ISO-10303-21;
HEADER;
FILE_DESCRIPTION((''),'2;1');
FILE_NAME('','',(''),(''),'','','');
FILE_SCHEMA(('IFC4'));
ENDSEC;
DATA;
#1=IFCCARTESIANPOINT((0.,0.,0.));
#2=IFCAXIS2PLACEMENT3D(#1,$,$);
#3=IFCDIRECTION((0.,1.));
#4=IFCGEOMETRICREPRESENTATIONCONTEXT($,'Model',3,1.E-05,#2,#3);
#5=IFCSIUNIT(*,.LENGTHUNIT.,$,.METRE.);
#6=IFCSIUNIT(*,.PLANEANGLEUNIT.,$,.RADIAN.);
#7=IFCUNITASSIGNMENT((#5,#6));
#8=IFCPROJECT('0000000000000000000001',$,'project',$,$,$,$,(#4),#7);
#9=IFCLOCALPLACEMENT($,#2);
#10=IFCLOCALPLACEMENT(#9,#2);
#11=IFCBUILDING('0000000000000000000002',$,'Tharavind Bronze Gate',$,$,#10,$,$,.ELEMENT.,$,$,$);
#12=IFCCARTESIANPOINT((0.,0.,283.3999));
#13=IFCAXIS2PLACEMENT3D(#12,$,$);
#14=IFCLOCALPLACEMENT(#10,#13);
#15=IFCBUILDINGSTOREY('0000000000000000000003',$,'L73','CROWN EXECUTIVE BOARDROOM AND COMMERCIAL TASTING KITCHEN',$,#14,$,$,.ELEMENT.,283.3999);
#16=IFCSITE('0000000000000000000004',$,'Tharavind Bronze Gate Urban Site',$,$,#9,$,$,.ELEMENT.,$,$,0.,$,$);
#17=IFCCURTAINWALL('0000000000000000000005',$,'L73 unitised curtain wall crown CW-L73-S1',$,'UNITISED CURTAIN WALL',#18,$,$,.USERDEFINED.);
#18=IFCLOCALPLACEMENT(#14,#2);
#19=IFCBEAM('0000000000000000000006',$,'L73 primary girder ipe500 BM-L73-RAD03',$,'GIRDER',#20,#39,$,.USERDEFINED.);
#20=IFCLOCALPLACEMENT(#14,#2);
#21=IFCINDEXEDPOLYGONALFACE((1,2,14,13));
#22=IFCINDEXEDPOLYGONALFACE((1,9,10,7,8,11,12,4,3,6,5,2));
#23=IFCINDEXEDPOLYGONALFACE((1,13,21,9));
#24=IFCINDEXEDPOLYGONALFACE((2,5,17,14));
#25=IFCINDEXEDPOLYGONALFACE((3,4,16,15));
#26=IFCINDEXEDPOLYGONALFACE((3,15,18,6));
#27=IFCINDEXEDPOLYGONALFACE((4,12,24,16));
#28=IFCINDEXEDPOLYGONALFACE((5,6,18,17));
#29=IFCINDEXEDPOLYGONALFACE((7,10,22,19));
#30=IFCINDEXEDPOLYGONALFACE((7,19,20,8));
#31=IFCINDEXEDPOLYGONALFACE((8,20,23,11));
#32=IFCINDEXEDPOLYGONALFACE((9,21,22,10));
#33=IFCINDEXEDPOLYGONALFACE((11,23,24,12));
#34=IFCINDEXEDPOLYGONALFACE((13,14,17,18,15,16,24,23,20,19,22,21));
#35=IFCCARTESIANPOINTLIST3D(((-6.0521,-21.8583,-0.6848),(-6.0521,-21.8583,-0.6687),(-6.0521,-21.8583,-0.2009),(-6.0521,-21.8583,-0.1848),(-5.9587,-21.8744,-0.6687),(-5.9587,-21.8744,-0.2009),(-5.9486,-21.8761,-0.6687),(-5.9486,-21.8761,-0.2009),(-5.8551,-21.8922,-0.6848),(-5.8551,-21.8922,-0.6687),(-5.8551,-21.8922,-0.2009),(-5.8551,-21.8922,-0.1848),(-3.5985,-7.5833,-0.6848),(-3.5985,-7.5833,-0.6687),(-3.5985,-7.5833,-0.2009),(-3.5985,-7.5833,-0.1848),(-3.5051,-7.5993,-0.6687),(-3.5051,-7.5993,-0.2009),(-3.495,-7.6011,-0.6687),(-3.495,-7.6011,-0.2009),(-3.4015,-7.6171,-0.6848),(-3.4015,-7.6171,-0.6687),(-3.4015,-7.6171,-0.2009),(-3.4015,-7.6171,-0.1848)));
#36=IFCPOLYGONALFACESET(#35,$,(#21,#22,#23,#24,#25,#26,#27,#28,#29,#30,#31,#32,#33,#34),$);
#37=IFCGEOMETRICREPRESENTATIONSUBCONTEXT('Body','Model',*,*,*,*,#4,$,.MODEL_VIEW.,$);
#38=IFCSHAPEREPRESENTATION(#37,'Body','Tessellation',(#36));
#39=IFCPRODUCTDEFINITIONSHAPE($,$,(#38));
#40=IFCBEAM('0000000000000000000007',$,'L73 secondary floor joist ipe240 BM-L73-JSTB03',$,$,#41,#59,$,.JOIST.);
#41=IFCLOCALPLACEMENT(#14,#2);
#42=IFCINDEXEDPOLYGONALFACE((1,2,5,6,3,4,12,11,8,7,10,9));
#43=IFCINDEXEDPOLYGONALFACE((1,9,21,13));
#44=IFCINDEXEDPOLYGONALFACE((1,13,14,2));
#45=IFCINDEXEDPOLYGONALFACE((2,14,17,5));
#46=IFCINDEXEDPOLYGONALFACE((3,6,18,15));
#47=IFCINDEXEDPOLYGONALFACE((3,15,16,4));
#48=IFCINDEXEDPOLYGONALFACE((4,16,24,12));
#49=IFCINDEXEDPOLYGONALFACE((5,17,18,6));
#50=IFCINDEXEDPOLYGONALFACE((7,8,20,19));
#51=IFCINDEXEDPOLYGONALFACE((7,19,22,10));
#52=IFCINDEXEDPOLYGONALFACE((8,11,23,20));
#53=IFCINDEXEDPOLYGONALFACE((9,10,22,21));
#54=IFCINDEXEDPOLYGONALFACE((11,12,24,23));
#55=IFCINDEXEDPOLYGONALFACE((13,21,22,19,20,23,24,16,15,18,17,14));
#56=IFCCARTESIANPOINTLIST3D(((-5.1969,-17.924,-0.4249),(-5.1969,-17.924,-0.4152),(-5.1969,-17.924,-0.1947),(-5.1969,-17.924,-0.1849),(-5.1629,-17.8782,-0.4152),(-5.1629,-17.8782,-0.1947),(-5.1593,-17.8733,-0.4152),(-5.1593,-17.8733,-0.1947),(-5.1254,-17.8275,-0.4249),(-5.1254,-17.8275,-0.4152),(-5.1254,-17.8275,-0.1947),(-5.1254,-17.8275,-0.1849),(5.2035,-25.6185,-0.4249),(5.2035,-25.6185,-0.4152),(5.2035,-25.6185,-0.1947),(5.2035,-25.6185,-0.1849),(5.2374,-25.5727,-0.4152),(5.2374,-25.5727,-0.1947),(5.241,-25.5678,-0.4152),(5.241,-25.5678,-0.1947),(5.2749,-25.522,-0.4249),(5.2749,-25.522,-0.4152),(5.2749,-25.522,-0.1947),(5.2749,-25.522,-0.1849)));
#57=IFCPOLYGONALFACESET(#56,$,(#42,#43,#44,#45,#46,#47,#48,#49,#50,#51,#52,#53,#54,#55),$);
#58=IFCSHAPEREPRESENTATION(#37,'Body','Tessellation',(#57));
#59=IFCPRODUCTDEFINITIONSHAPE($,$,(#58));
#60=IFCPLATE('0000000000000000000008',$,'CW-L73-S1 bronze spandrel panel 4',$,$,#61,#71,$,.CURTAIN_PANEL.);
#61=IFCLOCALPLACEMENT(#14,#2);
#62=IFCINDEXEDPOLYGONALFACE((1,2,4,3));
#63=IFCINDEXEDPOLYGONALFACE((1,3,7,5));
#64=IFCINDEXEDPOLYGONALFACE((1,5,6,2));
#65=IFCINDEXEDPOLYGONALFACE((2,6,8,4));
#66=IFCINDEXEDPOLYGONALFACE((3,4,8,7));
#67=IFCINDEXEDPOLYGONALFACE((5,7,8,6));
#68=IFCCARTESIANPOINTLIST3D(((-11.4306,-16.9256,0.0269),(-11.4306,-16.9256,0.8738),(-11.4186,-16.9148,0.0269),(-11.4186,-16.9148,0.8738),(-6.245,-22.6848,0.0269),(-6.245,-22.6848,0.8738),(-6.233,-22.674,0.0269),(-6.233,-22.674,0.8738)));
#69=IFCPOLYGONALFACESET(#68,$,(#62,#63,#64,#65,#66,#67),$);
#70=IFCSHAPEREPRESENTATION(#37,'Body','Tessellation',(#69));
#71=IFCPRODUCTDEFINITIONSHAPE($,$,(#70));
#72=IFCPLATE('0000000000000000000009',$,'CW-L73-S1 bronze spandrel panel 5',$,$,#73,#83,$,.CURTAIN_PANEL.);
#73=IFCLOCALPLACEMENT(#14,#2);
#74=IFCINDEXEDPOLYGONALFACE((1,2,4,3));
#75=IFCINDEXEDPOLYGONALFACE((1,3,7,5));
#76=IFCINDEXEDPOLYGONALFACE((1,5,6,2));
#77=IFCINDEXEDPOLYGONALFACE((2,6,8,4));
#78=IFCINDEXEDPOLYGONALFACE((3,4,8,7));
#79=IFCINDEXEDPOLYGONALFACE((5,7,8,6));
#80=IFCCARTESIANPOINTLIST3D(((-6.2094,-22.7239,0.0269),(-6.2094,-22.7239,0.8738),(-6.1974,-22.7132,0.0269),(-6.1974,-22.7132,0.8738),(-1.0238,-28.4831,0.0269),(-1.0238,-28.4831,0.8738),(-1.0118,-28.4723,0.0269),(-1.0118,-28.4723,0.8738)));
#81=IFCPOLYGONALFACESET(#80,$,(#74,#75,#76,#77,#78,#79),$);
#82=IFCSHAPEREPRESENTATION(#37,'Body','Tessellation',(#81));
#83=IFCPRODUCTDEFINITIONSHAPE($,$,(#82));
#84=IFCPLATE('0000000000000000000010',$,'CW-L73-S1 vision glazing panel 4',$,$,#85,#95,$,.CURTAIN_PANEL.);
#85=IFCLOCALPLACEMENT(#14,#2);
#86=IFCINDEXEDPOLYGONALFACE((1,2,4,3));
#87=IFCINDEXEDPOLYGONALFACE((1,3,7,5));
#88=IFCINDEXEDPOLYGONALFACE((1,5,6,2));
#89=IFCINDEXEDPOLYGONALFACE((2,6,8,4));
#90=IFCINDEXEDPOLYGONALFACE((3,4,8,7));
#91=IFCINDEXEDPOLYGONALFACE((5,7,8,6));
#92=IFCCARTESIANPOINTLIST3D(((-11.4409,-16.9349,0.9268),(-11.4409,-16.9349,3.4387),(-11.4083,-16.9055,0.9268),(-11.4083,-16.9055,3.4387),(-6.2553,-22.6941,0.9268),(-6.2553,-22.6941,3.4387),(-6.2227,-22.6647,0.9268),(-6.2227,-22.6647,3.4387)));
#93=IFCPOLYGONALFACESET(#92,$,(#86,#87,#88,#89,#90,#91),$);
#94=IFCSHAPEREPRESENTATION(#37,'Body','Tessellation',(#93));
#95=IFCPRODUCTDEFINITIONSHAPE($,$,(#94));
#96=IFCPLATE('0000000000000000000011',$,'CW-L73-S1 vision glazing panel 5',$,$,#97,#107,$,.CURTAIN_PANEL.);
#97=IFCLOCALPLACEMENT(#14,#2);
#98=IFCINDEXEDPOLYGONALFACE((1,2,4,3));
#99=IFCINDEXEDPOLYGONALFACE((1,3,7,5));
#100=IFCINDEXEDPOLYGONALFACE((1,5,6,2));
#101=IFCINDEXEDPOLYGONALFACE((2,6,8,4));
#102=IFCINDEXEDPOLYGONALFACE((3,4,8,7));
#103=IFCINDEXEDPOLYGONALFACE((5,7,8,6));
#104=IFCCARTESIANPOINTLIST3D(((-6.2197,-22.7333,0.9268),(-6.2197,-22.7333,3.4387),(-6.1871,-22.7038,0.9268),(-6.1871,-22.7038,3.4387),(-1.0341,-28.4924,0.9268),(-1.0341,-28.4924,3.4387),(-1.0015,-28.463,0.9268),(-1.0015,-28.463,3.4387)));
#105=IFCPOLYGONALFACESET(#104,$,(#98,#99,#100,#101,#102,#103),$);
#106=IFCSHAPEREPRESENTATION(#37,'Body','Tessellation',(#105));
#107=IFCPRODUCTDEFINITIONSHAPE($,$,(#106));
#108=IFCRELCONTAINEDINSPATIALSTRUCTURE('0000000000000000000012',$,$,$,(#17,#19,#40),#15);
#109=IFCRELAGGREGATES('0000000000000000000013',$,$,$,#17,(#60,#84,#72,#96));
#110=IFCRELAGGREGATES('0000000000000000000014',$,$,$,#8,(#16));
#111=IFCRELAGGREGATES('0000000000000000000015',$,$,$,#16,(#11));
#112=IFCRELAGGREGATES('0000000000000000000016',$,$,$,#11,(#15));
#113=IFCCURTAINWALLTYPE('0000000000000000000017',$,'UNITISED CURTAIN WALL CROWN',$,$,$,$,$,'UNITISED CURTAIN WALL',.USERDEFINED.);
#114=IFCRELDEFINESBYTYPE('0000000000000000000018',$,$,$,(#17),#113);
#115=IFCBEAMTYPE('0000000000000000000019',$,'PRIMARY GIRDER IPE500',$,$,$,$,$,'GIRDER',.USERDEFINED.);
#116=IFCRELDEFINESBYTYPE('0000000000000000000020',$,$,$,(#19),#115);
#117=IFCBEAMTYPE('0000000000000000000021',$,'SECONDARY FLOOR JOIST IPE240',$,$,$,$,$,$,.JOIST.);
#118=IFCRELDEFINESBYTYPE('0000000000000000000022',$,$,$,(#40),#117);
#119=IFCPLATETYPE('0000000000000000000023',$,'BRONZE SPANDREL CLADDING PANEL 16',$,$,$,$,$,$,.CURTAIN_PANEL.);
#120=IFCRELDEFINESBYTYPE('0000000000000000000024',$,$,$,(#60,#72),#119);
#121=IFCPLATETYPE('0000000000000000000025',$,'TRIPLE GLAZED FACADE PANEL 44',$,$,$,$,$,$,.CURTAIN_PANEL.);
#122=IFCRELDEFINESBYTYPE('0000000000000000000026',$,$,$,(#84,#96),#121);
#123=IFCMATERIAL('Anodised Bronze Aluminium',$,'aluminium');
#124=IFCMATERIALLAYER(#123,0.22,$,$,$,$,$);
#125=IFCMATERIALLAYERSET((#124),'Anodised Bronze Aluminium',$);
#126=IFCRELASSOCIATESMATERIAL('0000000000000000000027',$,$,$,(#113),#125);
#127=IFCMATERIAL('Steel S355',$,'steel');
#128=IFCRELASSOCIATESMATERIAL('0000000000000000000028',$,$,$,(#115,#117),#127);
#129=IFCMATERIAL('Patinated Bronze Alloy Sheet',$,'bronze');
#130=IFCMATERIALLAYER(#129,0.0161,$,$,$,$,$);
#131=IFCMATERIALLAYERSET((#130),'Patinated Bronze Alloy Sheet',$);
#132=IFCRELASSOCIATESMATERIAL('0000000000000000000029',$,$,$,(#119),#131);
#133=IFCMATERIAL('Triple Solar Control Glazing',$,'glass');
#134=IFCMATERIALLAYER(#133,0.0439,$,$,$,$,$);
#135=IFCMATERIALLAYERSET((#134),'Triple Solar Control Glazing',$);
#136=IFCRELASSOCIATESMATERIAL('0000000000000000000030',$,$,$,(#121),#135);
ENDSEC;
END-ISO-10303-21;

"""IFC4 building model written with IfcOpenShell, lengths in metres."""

from ifc_helpers import new_model, si_unit, direction, frame, origin, origin_2d, place, context, subcontext, project, spatial, rectangle, i_section, extrude, material, layer, layer_set, material_profile, profile_set, type_object, element, aggregate, save


model = new_model("IFC4")

# Units and contexts
model_context = context("Model", 3, precision=1e-05, world=origin(), true_north=direction((0.0, 1.0)))
body_context = subcontext(model_context, "Body", "Model", "MODEL_VIEW")
ifc_project = project(units=[si_unit("LENGTHUNIT", "METRE"), si_unit("PLANEANGLEUNIT", "RADIAN")], contexts=[model_context])

# Site, building, storey
site_placement = place(None, origin())
site = spatial("IfcSite", under=ifc_project, at=site_placement, Name="Tharavind Bronze Gate Urban Site", CompositionType="ELEMENT", RefElevation=0.0)
building_placement = place(site_placement, origin())
building = spatial("IfcBuilding", under=site, at=building_placement, Name="Tharavind Bronze Gate", CompositionType="ELEMENT")
storey_placement = place(building_placement, frame((0.0, 0.0, 283.3999)))
storey = spatial("IfcBuildingStorey", under=building, at=storey_placement, Name="L73", Description="CROWN EXECUTIVE BOARDROOM AND COMMERCIAL TASTING KITCHEN", CompositionType="ELEMENT", Elevation=283.3999)

# Curtain wall
ifc_material_1 = material(Name="Anodised Bronze Aluminium", Category="aluminium")
ifc_layer_1 = layer(ifc_material_1, 0.22)
ifc_layer_set_1 = layer_set([ifc_layer_1], Name="Anodised Bronze Aluminium")
curtain_wall_type = type_object("IfcCurtainWallType", Name="UNITISED CURTAIN WALL CROWN", ElementType="UNITISED CURTAIN WALL", PredefinedType="USERDEFINED", material=ifc_layer_set_1)
curtain_wall_placement = place(storey_placement, origin())
curtain_wall = element("IfcCurtainWall", 1, at=curtain_wall_placement, inside=storey, type_object=curtain_wall_type, Name="L73 unitised curtain wall crown CW-L73-S1", ObjectType="UNITISED CURTAIN WALL", PredefinedType="USERDEFINED")

# Beams
ifc_material_2 = material(Name="Steel S355", Category="steel")
ifc_material_profile_1 = material_profile(ifc_material_2, i_section(OverallWidth=0.2, OverallDepth=0.5, WebThickness=0.0103, FlangeThickness=0.0161, at=origin_2d()), Name="IPE500")
ifc_profile_set_1 = profile_set([ifc_material_profile_1], Name="Steel S355")
beam_type_1 = type_object("IfcBeamType", Name="PRIMARY GIRDER IPE500", ElementType="GIRDER", PredefinedType="USERDEFINED", material=ifc_profile_set_1)
beam_1_placement = place(storey_placement, frame((-5.9536, -21.8752, -0.4348), z_axis=(0.169396, 0.985548, 0.0), x_axis=(-0.985548, 0.169396, 0.0)))
element("IfcBeam", 2, at=beam_1_placement, inside=storey, type_object=beam_type_1, Name="L73 primary girder ipe500 BM-L73-RAD03", ObjectType="GIRDER", PredefinedType="USERDEFINED", context=body_context, shape_type="SweptSolid", body=[
    extrude(i_section(OverallWidth=0.2, OverallDepth=0.5, WebThickness=0.0103, FlangeThickness=0.0161, at=origin_2d()), origin(), (0.0, 0.0, 1.0), 14.4844),
])
ifc_material_profile_2 = material_profile(ifc_material_2, i_section(OverallWidth=0.1201, OverallDepth=0.24, WebThickness=0.0061, FlangeThickness=0.0098, at=origin_2d()), Name="IPE240")
ifc_profile_set_2 = profile_set([ifc_material_profile_2], Name="Steel S355")
beam_type_2 = type_object("IfcBeamType", Name="SECONDARY FLOOR JOIST IPE240", PredefinedType="JOIST", material=ifc_profile_set_2)
beam_2_placement = place(storey_placement, frame((-5.1611, -17.8757, -0.3049), z_axis=(0.803905, -0.594758, 0.0), x_axis=(0.594758, 0.803905, 0.0)))
element("IfcBeam", 3, at=beam_2_placement, inside=storey, type_object=beam_type_2, Name="L73 secondary floor joist ipe240 BM-L73-JSTB03", PredefinedType="JOIST", context=body_context, shape_type="SweptSolid", body=[
    extrude(i_section(OverallWidth=0.1201, OverallDepth=0.24, WebThickness=0.0061, FlangeThickness=0.0098, at=origin_2d()), origin(), (0.0, 0.0, 1.0), 12.9373),
])

# Plates
ifc_material_3 = material(Name="Patinated Bronze Alloy Sheet", Category="bronze")
ifc_layer_2 = layer(ifc_material_3, 0.0161)
ifc_layer_set_2 = layer_set([ifc_layer_2], Name="Patinated Bronze Alloy Sheet")
plate_type_1 = type_object("IfcPlateType", Name="BRONZE SPANDREL CLADDING PANEL 16", PredefinedType="CURTAIN_PANEL", material=ifc_layer_set_2)
plate_1_placement = place(storey_placement, frame((-8.8318, -19.7998, 0.0269), z_axis=(0.0, 0.0, 1.0), x_axis=(0.669131, -0.743145, 0.0)))
plate_1 = element("IfcPlate", 4, at=plate_1_placement, type_object=plate_type_1, Name="CW-L73-S1 bronze spandrel panel 4", PredefinedType="CURTAIN_PANEL", context=body_context, shape_type="SweptSolid", body=[
    extrude(rectangle(XDim=7.7498, YDim=0.0161, at=origin_2d()), origin(), (0.0, 0.0, 1.0), 0.8469),
])
plate_2_placement = place(storey_placement, frame((-3.6106, -25.5981, 0.0269), z_axis=(0.0, 0.0, 1.0), x_axis=(0.669131, -0.743145, 0.0)))
plate_2 = element("IfcPlate", 5, at=plate_2_placement, type_object=plate_type_1, Name="CW-L73-S1 bronze spandrel panel 5", PredefinedType="CURTAIN_PANEL", context=body_context, shape_type="SweptSolid", body=[
    extrude(rectangle(XDim=7.7498, YDim=0.0161, at=origin_2d()), origin(), (0.0, 0.0, 1.0), 0.8469),
])
ifc_material_4 = material(Name="Triple Solar Control Glazing", Category="glass")
ifc_layer_3 = layer(ifc_material_4, 0.0439)
ifc_layer_set_3 = layer_set([ifc_layer_3], Name="Triple Solar Control Glazing")
plate_type_2 = type_object("IfcPlateType", Name="TRIPLE GLAZED FACADE PANEL 44", PredefinedType="CURTAIN_PANEL", material=ifc_layer_set_3)
plate_3_placement = place(storey_placement, frame((-8.8318, -19.7998, 0.9268), z_axis=(0.0, 0.0, 1.0), x_axis=(0.669131, -0.743145, 0.0)))
plate_3 = element("IfcPlate", 6, at=plate_3_placement, type_object=plate_type_2, Name="CW-L73-S1 vision glazing panel 4", PredefinedType="CURTAIN_PANEL", context=body_context, shape_type="SweptSolid", body=[
    extrude(rectangle(XDim=7.7498, YDim=0.0439, at=origin_2d()), origin(), (0.0, 0.0, 1.0), 2.512),
])
plate_4_placement = place(storey_placement, frame((-3.6106, -25.5981, 0.9268), z_axis=(0.0, 0.0, 1.0), x_axis=(0.669131, -0.743145, 0.0)))
plate_4 = element("IfcPlate", 7, at=plate_4_placement, type_object=plate_type_2, Name="CW-L73-S1 vision glazing panel 5", PredefinedType="CURTAIN_PANEL", context=body_context, shape_type="SweptSolid", body=[
    extrude(rectangle(XDim=7.7498, YDim=0.0439, at=origin_2d()), origin(), (0.0, 0.0, 1.0), 2.512),
])
aggregate(curtain_wall, [plate_1, plate_3, plate_2, plate_4])

save(model, "model.ifc")
